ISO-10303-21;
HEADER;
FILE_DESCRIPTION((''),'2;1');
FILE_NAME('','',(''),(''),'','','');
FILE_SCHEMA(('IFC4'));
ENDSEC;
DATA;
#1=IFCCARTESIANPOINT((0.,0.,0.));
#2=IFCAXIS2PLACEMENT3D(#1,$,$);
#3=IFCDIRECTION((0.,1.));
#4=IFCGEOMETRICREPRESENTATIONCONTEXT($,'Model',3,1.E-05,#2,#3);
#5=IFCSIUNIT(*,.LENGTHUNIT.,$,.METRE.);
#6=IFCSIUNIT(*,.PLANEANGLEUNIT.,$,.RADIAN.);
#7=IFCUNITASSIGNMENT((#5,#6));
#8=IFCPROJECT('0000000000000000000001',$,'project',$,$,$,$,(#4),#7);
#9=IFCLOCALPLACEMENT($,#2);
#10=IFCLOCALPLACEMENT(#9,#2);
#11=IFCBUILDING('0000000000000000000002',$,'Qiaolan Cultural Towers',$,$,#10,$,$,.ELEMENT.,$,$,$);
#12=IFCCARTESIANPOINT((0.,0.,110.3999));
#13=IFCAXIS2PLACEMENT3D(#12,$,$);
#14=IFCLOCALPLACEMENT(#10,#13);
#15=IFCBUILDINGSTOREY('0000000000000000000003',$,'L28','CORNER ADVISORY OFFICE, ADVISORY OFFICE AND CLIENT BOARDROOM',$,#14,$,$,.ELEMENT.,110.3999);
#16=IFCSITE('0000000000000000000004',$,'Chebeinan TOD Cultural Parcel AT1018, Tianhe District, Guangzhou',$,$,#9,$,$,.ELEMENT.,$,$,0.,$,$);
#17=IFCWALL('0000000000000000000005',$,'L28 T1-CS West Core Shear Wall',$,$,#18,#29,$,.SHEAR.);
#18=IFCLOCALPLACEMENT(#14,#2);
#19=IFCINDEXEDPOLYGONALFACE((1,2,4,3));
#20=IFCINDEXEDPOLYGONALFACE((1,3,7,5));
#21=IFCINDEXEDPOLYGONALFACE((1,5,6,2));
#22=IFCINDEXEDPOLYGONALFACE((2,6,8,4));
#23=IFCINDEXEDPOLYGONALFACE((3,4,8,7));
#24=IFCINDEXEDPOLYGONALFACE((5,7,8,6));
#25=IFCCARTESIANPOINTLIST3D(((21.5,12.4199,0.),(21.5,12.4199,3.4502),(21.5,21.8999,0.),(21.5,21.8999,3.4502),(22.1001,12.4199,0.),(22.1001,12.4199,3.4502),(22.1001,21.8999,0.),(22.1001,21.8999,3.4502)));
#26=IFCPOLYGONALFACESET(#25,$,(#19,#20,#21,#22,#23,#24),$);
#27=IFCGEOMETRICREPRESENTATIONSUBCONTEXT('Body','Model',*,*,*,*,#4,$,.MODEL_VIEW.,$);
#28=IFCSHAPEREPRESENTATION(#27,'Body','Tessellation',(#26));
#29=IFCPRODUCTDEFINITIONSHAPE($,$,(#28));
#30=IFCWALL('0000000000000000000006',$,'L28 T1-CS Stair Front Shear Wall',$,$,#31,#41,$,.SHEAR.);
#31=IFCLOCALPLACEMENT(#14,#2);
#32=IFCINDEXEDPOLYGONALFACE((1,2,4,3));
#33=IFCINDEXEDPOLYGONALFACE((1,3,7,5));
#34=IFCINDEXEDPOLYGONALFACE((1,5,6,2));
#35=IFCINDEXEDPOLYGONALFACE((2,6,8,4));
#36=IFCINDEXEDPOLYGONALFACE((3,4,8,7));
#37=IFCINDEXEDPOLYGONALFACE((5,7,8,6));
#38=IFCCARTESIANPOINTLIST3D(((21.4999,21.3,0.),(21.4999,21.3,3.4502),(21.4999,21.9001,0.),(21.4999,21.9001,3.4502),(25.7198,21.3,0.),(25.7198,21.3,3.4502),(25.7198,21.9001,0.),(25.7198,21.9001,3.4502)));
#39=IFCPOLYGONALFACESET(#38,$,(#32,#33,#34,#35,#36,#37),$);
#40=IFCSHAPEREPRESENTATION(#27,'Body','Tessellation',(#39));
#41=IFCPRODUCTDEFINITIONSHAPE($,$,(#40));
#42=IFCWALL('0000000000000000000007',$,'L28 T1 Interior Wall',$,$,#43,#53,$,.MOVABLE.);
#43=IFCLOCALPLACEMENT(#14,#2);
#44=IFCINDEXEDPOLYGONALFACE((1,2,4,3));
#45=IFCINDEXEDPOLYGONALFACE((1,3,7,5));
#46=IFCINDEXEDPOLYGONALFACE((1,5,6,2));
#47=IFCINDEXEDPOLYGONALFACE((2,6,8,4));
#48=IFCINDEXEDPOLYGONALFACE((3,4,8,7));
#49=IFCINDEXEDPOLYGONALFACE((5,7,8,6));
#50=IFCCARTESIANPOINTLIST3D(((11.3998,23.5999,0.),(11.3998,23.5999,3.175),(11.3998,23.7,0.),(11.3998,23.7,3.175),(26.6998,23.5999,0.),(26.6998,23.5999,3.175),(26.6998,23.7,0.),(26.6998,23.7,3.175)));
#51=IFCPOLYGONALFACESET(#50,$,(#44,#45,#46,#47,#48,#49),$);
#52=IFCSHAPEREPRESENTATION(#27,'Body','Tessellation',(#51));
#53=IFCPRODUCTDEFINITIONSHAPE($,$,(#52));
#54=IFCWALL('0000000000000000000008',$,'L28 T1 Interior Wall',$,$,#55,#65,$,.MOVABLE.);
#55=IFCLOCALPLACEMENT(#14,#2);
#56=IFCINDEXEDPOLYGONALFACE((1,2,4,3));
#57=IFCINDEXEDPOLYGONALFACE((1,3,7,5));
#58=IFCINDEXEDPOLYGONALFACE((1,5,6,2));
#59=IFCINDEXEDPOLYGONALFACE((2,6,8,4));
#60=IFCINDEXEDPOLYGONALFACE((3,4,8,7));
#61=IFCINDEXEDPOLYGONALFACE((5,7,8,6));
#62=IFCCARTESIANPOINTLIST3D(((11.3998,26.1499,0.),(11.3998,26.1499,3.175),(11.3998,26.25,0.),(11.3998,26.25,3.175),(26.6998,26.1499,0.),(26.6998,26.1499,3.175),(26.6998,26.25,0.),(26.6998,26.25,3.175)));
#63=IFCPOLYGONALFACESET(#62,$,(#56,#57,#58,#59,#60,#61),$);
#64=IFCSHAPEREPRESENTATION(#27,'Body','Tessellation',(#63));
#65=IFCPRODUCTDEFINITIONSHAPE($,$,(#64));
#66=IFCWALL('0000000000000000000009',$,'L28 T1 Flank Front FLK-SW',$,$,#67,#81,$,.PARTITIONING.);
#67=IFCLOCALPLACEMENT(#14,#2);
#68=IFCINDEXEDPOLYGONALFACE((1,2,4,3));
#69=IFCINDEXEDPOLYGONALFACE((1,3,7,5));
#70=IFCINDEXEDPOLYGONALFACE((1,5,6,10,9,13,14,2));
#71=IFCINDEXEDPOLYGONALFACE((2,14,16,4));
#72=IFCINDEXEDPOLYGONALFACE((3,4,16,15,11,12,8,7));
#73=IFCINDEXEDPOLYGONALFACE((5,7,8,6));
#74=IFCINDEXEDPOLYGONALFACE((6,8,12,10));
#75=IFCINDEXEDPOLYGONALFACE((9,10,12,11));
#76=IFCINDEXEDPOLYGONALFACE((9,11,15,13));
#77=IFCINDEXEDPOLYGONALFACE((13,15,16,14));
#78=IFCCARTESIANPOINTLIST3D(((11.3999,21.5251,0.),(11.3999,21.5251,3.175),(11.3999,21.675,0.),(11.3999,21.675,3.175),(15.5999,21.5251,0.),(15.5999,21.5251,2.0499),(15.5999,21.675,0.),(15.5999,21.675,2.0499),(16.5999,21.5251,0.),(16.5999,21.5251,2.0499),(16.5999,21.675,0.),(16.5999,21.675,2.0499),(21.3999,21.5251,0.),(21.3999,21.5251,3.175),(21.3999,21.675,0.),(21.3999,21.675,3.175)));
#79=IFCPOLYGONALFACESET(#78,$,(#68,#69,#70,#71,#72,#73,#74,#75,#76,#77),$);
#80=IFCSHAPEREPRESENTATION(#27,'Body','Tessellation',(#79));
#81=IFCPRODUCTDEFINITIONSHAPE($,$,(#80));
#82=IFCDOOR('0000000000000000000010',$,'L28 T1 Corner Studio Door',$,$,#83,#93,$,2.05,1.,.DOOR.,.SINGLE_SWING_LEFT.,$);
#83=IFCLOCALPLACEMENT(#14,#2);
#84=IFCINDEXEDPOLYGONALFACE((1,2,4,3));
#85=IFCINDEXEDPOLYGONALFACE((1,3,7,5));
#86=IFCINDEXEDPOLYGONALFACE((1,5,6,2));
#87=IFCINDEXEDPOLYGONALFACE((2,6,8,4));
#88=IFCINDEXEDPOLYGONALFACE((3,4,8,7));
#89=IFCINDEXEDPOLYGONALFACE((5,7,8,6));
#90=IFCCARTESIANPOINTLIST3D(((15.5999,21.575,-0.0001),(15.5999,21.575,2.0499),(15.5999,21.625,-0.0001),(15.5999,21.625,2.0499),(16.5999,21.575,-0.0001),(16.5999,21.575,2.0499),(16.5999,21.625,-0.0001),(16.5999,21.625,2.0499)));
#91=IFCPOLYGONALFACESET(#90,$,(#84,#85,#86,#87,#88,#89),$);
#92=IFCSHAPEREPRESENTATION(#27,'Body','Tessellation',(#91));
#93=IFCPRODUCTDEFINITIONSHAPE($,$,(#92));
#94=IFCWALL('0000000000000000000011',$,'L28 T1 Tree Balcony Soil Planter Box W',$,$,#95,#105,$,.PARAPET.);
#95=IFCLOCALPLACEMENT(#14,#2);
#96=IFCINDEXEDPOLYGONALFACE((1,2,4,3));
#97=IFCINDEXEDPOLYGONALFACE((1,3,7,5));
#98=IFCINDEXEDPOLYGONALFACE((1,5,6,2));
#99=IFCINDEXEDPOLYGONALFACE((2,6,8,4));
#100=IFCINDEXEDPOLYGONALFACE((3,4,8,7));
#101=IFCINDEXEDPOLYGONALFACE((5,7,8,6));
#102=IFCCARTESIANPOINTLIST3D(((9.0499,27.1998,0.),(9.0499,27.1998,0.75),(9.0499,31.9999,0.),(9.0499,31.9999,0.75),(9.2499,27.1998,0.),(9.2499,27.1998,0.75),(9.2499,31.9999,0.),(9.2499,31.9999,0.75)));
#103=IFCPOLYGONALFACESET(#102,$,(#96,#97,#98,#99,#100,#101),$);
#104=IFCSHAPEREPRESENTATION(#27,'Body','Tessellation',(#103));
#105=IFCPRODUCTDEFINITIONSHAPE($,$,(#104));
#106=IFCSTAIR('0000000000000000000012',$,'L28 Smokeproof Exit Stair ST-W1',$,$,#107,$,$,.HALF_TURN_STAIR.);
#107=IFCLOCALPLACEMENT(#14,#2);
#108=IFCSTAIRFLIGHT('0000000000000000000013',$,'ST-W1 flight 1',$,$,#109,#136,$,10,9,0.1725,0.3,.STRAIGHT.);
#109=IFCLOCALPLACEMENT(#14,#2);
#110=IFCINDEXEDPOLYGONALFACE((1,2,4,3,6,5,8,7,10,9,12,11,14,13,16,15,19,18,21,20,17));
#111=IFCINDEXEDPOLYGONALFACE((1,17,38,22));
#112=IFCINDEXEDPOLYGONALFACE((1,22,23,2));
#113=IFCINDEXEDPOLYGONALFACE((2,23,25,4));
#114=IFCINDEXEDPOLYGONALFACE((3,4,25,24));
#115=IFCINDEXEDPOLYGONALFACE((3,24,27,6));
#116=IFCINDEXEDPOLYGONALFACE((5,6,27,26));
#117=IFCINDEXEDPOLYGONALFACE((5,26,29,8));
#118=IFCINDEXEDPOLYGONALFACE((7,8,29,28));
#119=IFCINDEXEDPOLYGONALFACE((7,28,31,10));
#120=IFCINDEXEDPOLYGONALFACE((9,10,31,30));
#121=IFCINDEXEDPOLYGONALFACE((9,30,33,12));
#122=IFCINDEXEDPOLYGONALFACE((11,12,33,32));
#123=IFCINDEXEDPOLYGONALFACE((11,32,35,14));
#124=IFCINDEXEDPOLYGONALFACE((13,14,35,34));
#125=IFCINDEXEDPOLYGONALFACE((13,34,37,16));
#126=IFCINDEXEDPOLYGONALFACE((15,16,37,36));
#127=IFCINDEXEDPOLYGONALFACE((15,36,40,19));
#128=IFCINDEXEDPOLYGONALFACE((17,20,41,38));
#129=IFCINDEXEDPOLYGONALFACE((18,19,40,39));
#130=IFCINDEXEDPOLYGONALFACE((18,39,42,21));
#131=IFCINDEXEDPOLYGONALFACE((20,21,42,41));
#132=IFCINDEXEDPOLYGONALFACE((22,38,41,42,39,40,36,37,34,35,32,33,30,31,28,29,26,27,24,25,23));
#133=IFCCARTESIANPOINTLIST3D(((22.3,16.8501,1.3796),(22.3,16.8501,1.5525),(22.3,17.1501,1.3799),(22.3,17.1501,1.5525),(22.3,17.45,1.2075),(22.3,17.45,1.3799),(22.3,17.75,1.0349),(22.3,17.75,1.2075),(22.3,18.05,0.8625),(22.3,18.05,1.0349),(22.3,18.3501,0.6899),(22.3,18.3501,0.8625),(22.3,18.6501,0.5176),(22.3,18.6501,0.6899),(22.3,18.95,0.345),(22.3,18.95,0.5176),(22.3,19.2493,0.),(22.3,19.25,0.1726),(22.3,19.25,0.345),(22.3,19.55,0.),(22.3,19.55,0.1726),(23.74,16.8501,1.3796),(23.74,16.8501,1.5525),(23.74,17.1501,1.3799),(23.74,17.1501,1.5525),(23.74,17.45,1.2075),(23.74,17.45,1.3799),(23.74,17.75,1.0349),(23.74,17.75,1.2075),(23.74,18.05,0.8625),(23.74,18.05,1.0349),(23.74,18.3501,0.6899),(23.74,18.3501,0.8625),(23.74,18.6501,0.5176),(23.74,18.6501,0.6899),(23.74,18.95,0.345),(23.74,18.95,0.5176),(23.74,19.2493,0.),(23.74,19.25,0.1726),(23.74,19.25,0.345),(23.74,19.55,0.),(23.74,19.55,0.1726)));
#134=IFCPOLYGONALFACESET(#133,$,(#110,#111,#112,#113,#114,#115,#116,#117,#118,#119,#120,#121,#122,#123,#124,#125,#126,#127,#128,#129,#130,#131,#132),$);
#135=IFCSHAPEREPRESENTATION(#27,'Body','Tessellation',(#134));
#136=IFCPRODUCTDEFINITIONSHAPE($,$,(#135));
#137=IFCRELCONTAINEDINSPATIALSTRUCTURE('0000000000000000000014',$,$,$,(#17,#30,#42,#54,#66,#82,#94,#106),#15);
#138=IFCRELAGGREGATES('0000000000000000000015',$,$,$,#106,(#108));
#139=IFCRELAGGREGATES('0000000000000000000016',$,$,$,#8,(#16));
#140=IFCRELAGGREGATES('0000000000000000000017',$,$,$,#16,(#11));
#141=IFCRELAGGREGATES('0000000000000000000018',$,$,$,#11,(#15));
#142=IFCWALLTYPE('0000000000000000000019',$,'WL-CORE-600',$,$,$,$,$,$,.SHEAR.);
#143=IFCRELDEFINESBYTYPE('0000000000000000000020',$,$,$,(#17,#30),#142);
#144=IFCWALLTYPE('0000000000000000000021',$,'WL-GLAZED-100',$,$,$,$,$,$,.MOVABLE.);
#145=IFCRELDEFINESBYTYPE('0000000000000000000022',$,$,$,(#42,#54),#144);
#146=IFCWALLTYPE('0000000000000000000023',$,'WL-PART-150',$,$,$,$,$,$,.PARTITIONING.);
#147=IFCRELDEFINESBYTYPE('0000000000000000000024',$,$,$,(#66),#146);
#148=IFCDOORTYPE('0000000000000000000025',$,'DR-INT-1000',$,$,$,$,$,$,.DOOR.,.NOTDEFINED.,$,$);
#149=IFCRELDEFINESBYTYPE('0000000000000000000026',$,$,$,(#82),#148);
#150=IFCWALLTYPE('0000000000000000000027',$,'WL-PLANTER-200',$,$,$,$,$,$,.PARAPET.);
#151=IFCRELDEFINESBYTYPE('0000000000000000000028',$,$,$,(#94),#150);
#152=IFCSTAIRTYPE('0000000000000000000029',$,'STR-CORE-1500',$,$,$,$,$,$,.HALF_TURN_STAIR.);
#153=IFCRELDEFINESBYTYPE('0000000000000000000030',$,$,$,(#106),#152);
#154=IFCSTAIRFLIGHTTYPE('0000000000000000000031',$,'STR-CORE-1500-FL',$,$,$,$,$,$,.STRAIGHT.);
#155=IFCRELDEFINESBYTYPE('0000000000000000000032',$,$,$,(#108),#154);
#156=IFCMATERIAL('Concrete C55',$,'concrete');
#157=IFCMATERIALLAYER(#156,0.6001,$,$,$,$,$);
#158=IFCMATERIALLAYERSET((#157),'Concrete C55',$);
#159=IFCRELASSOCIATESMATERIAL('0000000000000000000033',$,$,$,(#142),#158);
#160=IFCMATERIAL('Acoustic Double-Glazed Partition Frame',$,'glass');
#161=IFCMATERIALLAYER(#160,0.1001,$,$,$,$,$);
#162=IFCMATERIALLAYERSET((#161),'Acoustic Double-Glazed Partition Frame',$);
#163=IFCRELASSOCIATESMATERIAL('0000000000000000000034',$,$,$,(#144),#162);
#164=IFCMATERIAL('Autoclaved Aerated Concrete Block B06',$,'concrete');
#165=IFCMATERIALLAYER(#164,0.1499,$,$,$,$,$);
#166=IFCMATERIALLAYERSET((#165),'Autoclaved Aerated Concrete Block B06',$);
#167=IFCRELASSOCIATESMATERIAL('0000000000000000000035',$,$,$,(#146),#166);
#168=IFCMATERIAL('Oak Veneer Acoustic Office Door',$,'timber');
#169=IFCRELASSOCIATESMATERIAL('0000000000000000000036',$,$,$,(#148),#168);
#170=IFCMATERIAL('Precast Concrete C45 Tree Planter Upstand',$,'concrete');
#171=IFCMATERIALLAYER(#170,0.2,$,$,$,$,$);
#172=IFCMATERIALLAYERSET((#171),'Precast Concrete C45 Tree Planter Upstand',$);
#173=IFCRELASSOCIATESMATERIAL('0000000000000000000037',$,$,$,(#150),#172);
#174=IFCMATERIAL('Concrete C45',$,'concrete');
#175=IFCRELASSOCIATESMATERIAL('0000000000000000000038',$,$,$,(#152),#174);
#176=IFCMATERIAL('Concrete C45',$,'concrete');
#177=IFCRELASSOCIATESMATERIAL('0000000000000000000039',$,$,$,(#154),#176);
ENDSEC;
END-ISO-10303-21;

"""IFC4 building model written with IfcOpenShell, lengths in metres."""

from ifc_helpers import new_model, si_unit, direction, frame, frame_2d, origin, place, context, subcontext, project, spatial, polyline, rectangle, outline, extrude, material, layer, layer_set, type_object, element, fill, aggregate, save


model = new_model("IFC4")

# Units and contexts
model_context = context("Model", 3, precision=1e-05, world=origin(), true_north=direction((0.0, 1.0)))
body_context = subcontext(model_context, "Body", "Model", "MODEL_VIEW")
ifc_project = project(units=[si_unit("LENGTHUNIT", "METRE"), si_unit("PLANEANGLEUNIT", "RADIAN")], contexts=[model_context])

# Site, building, storey
site_placement = place(None, origin())
site = spatial("IfcSite", under=ifc_project, at=site_placement, Name="Chebeinan TOD Cultural Parcel AT1018, Tianhe District, Guangzhou", CompositionType="ELEMENT", RefElevation=0.0)
building_placement = place(site_placement, origin())
building = spatial("IfcBuilding", under=site, at=building_placement, Name="Qiaolan Cultural Towers", CompositionType="ELEMENT")
storey_placement = place(building_placement, frame((0.0, 0.0, 110.3999)))
storey = spatial("IfcBuildingStorey", under=building, at=storey_placement, Name="L28", Description="CORNER ADVISORY OFFICE, ADVISORY OFFICE AND CLIENT BOARDROOM", CompositionType="ELEMENT", Elevation=110.3999)

# Walls
ifc_material_1 = material(Name="Concrete C55", Category="concrete")
ifc_layer_1 = layer(ifc_material_1, 0.6001)
ifc_layer_set_1 = layer_set([ifc_layer_1], Name="Concrete C55")
wall_type_1 = type_object("IfcWallType", Name="WL-CORE-600", PredefinedType="SHEAR", material=ifc_layer_set_1)
wall_1_placement = place(storey_placement, frame((21.8, 21.8999, 0.0), z_axis=(0.0, 0.0, 1.0), x_axis=(0.0, -1.0, 0.0)))
element("IfcWall", 1, at=wall_1_placement, inside=storey, type_object=wall_type_1, Name="L28 T1-CS West Core Shear Wall", PredefinedType="SHEAR", context=body_context, shape_type="SweptSolid", body=[
    extrude(rectangle(XDim=9.48, YDim=0.6001, at=frame_2d((4.74, 0.0))), origin(), (0.0, 0.0, 1.0), 3.4502),
])
wall_2_placement = place(storey_placement, frame((21.5, 21.6001, 0.0), z_axis=(0.0, 0.0, 1.0), x_axis=(1.0, 0.0, 0.0)))
element("IfcWall", 2, at=wall_2_placement, inside=storey, type_object=wall_type_1, Name="L28 T1-CS Stair Front Shear Wall", PredefinedType="SHEAR", context=body_context, shape_type="SweptSolid", body=[
    extrude(rectangle(XDim=4.22, YDim=0.6001, at=frame_2d((2.1099, 0.0))), origin(), (0.0, 0.0, 1.0), 3.4502),
])
ifc_material_2 = material(Name="Acoustic Double-Glazed Partition Frame", Category="glass")
ifc_layer_2 = layer(ifc_material_2, 0.1001)
ifc_layer_set_2 = layer_set([ifc_layer_2], Name="Acoustic Double-Glazed Partition Frame")
wall_type_2 = type_object("IfcWallType", Name="WL-GLAZED-100", PredefinedType="MOVABLE", material=ifc_layer_set_2)
for number, where, z_axis, x_axis, name in (
    (3, (11.3999, 23.6499, 0.0), (0.0, 0.0, 1.0), (1.0, 0.0, 0.0), "L28 T1 Interior Wall"),
    (4, (11.3999, 26.2, 0.0), (0.0, 0.0, 1.0), (1.0, 0.0, 0.0), "L28 T1 Interior Wall"),
):
    element("IfcWall", number, at=place(storey_placement, frame(where, z_axis=z_axis, x_axis=x_axis)), inside=storey, type_object=wall_type_2, Name=name, PredefinedType="MOVABLE", context=body_context, shape_type="SweptSolid", body=[
        extrude(rectangle(XDim=15.3, YDim=0.1001, at=frame_2d((7.6499, 0.0))), origin(), (0.0, 0.0, 1.0), 3.175),
    ])

# Wall, opening, door
ifc_material_3 = material(Name="Autoclaved Aerated Concrete Block B06", Category="concrete")
ifc_layer_3 = layer(ifc_material_3, 0.1499)
ifc_layer_set_3 = layer_set([ifc_layer_3], Name="Autoclaved Aerated Concrete Block B06")
wall_type_3 = type_object("IfcWallType", Name="WL-PART-150", PredefinedType="PARTITIONING", material=ifc_layer_set_3)
wall_3_placement = place(storey_placement, frame((11.3999, 21.6001, 0.0), z_axis=(0.0, 0.0, 1.0), x_axis=(1.0, 0.0, 0.0)))
wall_3 = element("IfcWall", 5, at=wall_3_placement, inside=storey, type_object=wall_type_3, Name="L28 T1 Flank Front FLK-SW", PredefinedType="PARTITIONING", context=body_context, shape_type="SweptSolid", body=[
    extrude(rectangle(XDim=10.0, YDim=0.1499, at=frame_2d((5.0, 0.0))), origin(), (0.0, 0.0, 1.0), 3.175),
])
opening_placement = place(wall_3_placement, frame((4.2, 0.0, 0.0)))
opening = element("IfcOpeningElement", 6, at=opening_placement, cuts=wall_3, PredefinedType="OPENING", context=body_context, shape_type="SweptSolid", body=[
    extrude(rectangle(XDim=1.0, YDim=2.05, at=frame_2d((0.5, 1.0249))), frame((0.0, 0.085, 0.0), z_axis=(0.0, -1.0, 0.0), x_axis=(1.0, 0.0, 0.0)), (0.0, 0.0, 1.0), 0.1699),
])
ifc_material_4 = material(Name="Oak Veneer Acoustic Office Door", Category="timber")
door_type = type_object("IfcDoorType", Name="DR-INT-1000", OperationType="NOTDEFINED", PredefinedType="DOOR", material=ifc_material_4)
door_placement = place(opening_placement, origin())
door = element("IfcDoor", 7, at=door_placement, inside=storey, type_object=door_type, Name="L28 T1 Corner Studio Door", OperationType="SINGLE_SWING_LEFT", OverallHeight=2.05, OverallWidth=1.0, PredefinedType="DOOR", context=body_context, shape_type="SweptSolid", body=[
    extrude(rectangle(XDim=1.0, YDim=2.05, at=frame_2d((0.5, 1.0249))), frame((0.0, 0.0249, 0.0), z_axis=(0.0, -1.0, 0.0), x_axis=(1.0, 0.0, 0.0)), (0.0, 0.0, 1.0), 0.05),
])
fill(opening, door)

# Wall
ifc_material_5 = material(Name="Precast Concrete C45 Tree Planter Upstand", Category="concrete")
ifc_layer_4 = layer(ifc_material_5, 0.2)
ifc_layer_set_4 = layer_set([ifc_layer_4], Name="Precast Concrete C45 Tree Planter Upstand")
wall_type_4 = type_object("IfcWallType", Name="WL-PLANTER-200", PredefinedType="PARAPET", material=ifc_layer_set_4)
wall_4_placement = place(storey_placement, frame((9.1499, 27.2, 0.0), z_axis=(0.0, 0.0, 1.0), x_axis=(0.0, 1.0, 0.0)))
element("IfcWall", 8, at=wall_4_placement, inside=storey, type_object=wall_type_4, Name="L28 T1 Tree Balcony Soil Planter Box W", PredefinedType="PARAPET", context=body_context, shape_type="SweptSolid", body=[
    extrude(rectangle(XDim=4.8, YDim=0.2, at=frame_2d((2.3999, 0.0))), origin(), (0.0, 0.0, 1.0), 0.75),
])

# Stair, stair flight
ifc_material_6 = material(Name="Concrete C45", Category="concrete")
stair_type = type_object("IfcStairType", Name="STR-CORE-1500", PredefinedType="HALF_TURN_STAIR", material=ifc_material_6)
stair_placement = place(storey_placement, origin())
stair = element("IfcStair", 9, at=stair_placement, inside=storey, type_object=stair_type, Name="L28 Smokeproof Exit Stair ST-W1", PredefinedType="HALF_TURN_STAIR")
ifc_material_7 = material(Name="Concrete C45", Category="concrete")
stair_flight_type = type_object("IfcStairFlightType", Name="STR-CORE-1500-FL", PredefinedType="STRAIGHT", material=ifc_material_7)
stair_flight_placement = place(storey_placement, frame((23.02, 19.55, 0.0), z_axis=(0.0, 0.0, 1.0), x_axis=(0.0, -1.0, 0.0)))
stair_flight = element("IfcStairFlight", 10, at=stair_flight_placement, type_object=stair_flight_type, Name="ST-W1 flight 1", NumberOfRisers=10, NumberOfTreads=9, PredefinedType="STRAIGHT", RiserHeight=0.1725, TreadLength=0.3, context=body_context, shape_type="SweptSolid", body=[
    extrude(outline(polyline([(0.0, 0.0), (0.0, 0.1726), (0.3, 0.1726), (0.3, 0.345), (0.6001, 0.345), (0.6001, 0.5176), (0.8999, 0.5176), (0.8999, 0.6899), (1.2, 0.6899), (1.2, 0.8625), (1.5, 0.8625), (1.5, 1.0349), (1.8, 1.0349), (1.8, 1.2075), (2.1001, 1.2075), (2.1001, 1.3799), (2.3999, 1.3799), (2.3999, 1.5525), (2.7, 1.5525), (2.7, 1.7251), (2.7, 1.3796), (0.3008, 0.0), (0.0, 0.0)])), frame((0.0, 0.72, 0.0), z_axis=(0.0, -1.0, 0.0), x_axis=(1.0, 0.0, 0.0)), (0.0, 0.0, 1.0), 1.4399),
])
aggregate(stair, [stair_flight])

save(model, "model.ifc")
